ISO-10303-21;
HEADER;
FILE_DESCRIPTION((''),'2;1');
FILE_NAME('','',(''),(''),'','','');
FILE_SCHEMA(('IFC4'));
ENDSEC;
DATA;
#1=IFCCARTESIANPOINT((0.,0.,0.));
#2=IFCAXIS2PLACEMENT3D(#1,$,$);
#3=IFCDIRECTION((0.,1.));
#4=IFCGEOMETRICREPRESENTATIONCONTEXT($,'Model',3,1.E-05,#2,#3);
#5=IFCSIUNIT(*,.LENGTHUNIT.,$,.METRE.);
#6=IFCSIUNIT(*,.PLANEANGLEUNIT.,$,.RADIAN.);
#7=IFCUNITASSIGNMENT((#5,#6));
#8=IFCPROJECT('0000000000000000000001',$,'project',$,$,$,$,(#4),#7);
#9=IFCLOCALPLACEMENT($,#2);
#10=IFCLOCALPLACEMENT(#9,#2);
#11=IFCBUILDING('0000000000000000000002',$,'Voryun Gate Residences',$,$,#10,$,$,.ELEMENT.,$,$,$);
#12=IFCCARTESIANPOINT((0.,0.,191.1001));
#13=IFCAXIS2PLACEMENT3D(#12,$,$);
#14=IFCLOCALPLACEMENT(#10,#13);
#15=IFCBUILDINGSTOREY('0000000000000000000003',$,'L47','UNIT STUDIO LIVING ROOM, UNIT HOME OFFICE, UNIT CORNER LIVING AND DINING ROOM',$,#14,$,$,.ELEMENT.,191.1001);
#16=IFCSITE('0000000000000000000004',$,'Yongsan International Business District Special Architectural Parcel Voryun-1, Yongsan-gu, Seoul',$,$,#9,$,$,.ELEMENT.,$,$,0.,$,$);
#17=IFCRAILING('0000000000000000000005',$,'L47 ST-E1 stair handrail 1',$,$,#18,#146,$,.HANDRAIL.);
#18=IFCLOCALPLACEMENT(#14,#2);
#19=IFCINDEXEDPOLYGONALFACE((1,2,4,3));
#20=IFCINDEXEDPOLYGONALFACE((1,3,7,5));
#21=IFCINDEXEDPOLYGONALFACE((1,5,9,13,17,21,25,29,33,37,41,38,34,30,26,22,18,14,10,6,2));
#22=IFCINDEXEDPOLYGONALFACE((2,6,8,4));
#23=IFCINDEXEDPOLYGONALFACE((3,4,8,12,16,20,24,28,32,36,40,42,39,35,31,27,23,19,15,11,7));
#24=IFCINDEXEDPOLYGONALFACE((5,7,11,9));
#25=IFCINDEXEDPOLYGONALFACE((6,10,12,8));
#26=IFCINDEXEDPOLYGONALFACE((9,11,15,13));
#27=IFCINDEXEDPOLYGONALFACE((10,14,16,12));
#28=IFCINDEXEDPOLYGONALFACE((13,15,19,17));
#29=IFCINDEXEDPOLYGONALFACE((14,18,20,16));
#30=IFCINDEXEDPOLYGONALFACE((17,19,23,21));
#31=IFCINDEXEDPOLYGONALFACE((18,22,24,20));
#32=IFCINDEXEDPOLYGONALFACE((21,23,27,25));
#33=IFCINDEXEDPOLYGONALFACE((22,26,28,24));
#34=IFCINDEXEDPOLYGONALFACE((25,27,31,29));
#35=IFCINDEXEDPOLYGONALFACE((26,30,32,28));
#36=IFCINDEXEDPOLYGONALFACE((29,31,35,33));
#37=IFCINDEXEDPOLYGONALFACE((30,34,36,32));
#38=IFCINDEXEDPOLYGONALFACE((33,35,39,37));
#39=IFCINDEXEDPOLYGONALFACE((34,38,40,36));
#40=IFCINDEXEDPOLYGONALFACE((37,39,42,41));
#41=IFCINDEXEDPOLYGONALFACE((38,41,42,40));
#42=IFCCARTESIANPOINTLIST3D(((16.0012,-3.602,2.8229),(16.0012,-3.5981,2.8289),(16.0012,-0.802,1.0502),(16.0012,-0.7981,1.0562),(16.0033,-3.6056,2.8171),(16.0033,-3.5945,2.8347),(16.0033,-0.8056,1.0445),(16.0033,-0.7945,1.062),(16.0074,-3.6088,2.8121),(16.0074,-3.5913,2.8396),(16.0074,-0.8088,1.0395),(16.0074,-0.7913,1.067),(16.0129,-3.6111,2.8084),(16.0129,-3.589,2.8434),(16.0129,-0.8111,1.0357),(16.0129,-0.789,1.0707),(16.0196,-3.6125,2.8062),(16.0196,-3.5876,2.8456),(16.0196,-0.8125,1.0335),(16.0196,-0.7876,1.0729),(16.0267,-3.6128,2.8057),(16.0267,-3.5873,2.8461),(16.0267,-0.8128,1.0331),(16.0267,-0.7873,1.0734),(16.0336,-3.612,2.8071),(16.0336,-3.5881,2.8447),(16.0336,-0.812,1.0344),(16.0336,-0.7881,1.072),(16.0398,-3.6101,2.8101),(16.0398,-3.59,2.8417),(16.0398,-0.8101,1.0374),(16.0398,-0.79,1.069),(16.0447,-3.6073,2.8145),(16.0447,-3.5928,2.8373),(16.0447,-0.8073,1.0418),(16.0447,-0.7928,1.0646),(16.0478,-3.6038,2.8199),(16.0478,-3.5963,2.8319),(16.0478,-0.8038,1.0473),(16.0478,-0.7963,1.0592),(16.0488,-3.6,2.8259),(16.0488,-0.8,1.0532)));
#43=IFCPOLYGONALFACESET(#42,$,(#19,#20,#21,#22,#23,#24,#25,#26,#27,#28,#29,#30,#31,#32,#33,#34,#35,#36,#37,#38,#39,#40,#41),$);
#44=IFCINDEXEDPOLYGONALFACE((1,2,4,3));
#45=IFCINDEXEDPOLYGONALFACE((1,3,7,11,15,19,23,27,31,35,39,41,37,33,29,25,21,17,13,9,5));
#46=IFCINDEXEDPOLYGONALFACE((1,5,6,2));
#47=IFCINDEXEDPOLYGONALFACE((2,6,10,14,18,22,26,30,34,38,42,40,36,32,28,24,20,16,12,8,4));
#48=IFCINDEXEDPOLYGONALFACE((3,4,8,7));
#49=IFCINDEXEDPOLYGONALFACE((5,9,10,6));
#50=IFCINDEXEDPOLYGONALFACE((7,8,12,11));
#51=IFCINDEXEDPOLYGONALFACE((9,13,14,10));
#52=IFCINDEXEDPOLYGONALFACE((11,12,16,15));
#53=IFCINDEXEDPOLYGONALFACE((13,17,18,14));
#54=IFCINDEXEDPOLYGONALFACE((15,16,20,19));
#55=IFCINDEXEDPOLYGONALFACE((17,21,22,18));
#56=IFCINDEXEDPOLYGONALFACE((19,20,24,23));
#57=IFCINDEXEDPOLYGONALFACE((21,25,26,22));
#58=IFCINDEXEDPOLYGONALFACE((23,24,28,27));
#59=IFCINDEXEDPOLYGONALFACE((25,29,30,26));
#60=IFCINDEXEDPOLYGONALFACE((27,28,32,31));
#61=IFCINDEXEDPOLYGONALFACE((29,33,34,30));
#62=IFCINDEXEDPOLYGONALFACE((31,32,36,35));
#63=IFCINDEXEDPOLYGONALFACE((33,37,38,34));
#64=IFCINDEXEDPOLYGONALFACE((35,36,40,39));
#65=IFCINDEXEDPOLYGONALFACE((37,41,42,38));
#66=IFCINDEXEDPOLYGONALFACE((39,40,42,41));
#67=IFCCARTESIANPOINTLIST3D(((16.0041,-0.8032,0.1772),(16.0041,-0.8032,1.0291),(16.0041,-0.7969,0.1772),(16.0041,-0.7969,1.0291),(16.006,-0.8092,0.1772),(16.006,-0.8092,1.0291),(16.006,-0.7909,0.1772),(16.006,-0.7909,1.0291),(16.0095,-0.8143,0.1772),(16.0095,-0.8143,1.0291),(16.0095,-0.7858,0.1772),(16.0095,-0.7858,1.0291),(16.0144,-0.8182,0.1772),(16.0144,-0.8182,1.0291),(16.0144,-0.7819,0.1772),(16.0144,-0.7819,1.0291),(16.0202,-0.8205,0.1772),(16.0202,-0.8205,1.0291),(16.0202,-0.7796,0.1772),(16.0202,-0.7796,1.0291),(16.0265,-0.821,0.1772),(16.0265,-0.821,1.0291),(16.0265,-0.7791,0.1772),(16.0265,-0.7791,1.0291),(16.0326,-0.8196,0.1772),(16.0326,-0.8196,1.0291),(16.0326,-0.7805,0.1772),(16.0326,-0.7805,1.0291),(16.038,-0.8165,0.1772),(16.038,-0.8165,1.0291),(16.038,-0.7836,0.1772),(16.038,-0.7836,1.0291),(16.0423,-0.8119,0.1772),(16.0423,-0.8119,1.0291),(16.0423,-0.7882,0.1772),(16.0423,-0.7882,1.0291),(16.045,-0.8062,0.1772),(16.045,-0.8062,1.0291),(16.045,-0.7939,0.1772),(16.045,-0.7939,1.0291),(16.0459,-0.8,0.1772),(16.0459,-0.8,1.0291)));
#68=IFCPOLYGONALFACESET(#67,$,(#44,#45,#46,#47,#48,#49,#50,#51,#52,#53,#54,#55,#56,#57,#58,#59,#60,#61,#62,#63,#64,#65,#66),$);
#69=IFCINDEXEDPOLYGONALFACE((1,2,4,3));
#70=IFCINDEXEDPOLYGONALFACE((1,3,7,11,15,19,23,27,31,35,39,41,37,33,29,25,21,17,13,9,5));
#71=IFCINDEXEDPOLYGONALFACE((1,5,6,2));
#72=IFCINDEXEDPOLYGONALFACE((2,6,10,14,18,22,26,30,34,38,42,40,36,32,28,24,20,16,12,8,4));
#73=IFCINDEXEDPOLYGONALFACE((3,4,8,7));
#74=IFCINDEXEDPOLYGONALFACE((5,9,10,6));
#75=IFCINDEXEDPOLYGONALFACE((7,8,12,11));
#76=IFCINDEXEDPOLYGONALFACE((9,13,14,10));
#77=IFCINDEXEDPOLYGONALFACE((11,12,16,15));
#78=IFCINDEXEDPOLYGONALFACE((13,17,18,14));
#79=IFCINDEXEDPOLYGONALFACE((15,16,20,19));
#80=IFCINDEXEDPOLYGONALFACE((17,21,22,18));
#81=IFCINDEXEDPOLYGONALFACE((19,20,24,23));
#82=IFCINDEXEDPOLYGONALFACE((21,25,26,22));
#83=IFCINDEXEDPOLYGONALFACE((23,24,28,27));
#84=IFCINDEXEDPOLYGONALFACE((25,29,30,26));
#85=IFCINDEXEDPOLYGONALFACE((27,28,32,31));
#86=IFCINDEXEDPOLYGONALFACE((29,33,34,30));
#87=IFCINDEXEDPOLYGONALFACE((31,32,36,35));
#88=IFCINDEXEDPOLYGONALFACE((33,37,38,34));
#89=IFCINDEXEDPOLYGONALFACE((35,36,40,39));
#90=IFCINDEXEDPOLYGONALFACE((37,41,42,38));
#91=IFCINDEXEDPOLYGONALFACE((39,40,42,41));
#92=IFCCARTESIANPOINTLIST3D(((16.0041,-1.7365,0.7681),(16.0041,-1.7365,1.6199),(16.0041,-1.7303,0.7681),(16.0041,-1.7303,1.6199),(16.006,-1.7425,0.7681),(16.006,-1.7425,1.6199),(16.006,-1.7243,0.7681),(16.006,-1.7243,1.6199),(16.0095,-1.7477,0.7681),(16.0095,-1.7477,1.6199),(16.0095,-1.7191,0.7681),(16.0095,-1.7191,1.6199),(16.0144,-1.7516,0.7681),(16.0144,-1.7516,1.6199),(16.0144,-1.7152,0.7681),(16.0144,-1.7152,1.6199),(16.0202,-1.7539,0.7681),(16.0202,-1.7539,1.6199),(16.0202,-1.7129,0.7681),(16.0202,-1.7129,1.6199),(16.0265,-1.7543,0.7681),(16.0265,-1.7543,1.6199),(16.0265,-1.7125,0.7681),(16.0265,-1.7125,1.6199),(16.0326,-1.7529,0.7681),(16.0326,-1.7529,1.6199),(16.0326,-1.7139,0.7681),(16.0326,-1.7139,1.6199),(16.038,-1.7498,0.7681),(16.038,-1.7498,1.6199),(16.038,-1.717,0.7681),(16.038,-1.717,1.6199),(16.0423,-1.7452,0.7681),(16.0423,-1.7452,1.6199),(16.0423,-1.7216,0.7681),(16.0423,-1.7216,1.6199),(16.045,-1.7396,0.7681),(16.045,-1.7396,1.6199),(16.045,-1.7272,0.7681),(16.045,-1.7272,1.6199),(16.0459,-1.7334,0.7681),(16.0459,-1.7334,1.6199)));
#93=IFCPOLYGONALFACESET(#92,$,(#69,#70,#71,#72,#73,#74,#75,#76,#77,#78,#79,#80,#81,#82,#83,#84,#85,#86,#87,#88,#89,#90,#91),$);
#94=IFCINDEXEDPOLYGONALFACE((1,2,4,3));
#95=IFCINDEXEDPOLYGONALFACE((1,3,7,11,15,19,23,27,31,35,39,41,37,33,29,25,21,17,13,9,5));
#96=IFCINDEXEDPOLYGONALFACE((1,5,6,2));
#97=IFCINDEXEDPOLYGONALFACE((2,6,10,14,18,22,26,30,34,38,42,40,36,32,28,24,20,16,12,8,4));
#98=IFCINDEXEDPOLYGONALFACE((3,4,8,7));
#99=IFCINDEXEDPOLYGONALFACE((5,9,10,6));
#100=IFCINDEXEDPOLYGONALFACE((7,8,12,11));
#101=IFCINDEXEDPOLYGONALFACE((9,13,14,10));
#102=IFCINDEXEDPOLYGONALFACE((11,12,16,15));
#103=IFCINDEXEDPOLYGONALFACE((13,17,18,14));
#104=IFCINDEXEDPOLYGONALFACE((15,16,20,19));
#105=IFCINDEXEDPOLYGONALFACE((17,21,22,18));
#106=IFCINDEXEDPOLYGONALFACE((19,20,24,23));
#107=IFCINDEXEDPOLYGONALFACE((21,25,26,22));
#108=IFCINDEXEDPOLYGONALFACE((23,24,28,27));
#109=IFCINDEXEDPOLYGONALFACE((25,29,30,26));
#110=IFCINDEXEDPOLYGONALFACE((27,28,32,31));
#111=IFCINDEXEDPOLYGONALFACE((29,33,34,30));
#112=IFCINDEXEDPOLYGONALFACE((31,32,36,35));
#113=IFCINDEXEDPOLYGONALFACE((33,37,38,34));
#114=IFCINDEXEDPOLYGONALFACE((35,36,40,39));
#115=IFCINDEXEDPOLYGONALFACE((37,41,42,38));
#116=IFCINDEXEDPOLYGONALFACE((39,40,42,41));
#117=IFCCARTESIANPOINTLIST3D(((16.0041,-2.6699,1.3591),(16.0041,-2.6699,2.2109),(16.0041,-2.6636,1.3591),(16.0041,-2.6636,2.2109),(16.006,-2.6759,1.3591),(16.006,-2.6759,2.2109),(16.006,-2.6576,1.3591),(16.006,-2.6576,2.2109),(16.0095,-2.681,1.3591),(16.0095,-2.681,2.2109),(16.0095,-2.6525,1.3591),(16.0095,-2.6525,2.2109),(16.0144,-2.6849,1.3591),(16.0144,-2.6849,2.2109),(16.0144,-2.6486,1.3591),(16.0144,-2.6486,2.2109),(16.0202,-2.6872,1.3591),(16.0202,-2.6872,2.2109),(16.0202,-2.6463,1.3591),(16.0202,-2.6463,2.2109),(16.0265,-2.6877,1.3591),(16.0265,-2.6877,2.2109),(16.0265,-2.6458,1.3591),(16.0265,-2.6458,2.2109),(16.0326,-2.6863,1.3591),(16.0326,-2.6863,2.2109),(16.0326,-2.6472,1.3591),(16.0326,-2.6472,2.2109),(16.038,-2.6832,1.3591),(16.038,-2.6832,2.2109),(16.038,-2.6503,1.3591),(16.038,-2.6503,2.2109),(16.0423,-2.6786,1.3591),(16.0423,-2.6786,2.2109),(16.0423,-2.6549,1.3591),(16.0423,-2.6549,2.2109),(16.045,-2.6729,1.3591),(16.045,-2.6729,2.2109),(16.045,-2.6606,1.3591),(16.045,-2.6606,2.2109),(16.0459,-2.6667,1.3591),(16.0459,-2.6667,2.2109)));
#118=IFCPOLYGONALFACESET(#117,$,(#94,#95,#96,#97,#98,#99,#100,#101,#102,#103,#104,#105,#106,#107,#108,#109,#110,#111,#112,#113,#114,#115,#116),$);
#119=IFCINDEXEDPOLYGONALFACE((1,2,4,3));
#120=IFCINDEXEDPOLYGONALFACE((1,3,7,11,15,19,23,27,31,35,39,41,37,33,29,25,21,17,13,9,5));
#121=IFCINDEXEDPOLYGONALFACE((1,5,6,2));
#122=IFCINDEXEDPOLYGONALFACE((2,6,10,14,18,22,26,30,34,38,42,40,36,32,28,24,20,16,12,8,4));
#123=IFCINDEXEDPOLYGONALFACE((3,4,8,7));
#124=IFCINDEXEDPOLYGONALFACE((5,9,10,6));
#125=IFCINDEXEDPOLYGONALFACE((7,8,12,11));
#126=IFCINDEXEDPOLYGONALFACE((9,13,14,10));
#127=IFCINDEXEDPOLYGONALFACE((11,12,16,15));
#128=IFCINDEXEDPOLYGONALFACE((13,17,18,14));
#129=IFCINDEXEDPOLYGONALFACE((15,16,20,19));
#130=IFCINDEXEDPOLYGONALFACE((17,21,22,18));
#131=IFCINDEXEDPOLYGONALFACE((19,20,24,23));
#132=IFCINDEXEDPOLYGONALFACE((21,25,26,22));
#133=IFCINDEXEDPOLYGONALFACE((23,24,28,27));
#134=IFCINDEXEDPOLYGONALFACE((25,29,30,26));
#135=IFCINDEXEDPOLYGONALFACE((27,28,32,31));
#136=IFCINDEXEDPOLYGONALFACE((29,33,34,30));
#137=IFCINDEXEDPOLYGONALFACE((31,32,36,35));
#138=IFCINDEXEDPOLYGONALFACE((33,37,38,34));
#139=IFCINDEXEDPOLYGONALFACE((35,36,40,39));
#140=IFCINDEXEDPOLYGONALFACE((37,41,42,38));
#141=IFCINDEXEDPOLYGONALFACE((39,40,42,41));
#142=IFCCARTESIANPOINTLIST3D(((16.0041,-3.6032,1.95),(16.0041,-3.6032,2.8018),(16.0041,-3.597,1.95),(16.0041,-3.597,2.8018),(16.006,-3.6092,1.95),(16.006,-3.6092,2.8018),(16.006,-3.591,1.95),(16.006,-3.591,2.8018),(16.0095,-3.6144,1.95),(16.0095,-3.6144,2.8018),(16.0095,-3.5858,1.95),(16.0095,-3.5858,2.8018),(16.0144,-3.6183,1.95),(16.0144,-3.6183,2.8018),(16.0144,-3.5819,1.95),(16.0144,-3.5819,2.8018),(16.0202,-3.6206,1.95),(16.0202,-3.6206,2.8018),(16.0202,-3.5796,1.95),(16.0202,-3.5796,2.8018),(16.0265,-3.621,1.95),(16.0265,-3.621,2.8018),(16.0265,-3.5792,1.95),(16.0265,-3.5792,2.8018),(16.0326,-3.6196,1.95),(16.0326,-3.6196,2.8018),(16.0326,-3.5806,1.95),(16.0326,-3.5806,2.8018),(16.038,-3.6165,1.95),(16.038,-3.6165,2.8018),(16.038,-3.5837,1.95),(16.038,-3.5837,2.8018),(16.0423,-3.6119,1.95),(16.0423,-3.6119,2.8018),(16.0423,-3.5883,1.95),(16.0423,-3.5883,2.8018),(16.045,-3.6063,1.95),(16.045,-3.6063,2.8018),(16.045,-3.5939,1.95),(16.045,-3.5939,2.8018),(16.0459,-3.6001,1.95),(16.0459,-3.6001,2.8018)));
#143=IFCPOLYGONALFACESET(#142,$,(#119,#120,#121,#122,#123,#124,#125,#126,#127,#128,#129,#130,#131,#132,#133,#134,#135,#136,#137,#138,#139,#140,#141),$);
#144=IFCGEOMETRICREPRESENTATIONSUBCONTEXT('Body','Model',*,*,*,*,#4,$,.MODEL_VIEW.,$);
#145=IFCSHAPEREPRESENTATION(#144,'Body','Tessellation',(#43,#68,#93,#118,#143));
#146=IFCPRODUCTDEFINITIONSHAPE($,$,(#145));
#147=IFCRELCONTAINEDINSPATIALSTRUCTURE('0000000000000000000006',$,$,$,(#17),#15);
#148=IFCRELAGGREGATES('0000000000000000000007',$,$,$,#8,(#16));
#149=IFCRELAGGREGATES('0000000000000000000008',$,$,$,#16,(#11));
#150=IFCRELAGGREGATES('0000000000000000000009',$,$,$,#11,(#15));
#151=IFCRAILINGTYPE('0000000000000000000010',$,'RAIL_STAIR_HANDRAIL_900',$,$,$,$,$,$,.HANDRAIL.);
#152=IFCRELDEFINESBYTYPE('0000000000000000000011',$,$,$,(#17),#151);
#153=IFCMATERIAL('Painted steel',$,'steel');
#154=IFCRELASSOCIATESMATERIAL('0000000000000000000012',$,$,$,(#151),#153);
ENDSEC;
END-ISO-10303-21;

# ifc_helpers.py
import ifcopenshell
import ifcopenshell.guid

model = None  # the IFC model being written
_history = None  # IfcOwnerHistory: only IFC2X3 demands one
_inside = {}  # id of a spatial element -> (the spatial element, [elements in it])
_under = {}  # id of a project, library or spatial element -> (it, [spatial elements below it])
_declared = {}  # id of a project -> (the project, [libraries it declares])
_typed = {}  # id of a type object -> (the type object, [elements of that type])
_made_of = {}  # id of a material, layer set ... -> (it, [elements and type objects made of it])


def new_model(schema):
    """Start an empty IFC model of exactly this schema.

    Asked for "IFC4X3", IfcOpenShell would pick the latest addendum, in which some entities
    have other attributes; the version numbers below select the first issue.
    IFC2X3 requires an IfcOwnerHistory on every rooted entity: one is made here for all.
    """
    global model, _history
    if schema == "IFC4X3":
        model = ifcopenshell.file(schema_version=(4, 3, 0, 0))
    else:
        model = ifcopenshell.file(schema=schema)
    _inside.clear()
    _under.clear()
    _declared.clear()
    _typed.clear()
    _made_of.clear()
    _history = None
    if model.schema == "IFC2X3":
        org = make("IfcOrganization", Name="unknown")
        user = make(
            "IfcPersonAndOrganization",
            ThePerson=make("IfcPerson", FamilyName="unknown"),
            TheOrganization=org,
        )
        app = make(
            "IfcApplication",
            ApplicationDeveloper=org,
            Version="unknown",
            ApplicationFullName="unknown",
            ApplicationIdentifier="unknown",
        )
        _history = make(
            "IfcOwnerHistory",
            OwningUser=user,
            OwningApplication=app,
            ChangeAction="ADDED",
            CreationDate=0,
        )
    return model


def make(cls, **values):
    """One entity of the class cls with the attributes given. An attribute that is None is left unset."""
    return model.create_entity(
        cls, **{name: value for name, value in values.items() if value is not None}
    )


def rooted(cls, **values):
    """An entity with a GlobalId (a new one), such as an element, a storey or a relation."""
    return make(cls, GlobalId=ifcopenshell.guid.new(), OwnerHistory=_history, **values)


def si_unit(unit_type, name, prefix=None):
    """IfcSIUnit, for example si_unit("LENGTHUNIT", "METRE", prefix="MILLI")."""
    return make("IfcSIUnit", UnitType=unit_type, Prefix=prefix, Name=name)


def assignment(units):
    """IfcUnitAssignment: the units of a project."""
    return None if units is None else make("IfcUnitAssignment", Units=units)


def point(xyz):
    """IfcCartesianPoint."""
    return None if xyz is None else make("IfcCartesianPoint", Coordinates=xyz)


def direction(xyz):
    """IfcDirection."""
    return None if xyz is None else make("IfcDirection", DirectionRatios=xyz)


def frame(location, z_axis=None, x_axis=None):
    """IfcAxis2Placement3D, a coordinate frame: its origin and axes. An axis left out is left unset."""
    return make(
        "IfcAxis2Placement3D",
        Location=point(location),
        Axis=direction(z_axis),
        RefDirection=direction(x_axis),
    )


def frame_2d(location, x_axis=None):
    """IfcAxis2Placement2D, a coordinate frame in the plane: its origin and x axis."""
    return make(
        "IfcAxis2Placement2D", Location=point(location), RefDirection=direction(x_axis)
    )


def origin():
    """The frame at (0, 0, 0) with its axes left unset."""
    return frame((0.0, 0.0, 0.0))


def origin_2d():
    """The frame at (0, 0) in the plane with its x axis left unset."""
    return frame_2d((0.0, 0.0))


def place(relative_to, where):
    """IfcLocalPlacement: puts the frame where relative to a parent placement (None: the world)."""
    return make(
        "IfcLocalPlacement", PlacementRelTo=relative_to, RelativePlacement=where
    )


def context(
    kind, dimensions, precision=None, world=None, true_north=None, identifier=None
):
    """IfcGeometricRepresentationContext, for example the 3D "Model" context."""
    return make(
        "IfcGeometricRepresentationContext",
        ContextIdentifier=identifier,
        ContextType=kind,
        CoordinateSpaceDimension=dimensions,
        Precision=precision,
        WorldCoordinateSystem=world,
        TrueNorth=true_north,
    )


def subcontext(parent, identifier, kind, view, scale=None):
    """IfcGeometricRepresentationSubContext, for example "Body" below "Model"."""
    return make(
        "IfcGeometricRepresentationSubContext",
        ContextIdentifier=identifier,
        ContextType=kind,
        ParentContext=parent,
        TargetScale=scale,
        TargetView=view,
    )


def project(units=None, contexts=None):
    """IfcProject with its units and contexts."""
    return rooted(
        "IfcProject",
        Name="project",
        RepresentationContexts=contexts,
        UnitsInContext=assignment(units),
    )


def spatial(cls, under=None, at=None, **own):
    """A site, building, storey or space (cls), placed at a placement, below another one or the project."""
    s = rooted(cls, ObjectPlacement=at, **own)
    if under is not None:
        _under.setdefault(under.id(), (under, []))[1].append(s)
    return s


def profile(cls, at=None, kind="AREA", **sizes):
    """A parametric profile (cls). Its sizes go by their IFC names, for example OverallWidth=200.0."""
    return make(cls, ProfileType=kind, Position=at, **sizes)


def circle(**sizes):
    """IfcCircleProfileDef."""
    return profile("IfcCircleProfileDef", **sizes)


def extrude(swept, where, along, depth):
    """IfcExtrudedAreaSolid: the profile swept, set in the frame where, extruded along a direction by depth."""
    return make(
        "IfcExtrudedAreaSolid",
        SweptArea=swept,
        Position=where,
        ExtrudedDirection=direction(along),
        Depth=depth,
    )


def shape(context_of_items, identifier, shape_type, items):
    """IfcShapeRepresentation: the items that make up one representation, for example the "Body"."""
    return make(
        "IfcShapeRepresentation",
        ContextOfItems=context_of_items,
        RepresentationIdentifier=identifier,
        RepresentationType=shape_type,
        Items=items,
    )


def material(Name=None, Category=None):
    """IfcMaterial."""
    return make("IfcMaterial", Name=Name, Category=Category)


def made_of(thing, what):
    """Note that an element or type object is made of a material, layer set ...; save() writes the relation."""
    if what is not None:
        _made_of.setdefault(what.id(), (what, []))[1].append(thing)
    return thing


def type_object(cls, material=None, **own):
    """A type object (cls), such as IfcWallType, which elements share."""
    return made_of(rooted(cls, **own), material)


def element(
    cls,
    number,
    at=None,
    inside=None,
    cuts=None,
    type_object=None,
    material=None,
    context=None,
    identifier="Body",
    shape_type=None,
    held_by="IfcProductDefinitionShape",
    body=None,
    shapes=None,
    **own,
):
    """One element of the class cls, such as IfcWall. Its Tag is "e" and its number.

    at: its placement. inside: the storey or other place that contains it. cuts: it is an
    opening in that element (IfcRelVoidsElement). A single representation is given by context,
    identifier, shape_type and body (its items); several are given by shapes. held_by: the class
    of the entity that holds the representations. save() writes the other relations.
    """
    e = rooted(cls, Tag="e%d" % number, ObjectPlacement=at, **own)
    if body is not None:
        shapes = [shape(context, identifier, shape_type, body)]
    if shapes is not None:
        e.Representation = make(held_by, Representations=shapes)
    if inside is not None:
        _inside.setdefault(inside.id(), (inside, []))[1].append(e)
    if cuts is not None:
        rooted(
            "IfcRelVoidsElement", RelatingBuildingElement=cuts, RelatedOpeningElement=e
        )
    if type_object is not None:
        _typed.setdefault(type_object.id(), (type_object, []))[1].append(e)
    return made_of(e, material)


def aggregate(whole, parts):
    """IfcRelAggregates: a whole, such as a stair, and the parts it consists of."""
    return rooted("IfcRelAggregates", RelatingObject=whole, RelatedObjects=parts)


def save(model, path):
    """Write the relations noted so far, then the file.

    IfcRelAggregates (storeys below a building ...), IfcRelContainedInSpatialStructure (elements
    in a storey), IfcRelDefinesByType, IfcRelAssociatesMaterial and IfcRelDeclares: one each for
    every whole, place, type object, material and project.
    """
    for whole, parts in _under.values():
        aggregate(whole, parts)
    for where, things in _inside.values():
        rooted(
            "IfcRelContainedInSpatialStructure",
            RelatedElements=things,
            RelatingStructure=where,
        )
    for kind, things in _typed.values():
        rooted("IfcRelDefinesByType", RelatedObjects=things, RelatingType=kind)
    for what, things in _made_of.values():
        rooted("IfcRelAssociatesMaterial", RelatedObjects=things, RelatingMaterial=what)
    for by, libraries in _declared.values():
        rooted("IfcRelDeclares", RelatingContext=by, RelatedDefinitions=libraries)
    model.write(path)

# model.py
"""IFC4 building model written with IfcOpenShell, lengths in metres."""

from ifc_helpers import new_model, si_unit, direction, frame, origin, origin_2d, place, context, subcontext, project, spatial, circle, extrude, material, type_object, element, save


model = new_model("IFC4")

# Units and contexts
model_context = context("Model", 3, precision=1e-05, world=origin(), true_north=direction((0.0, 1.0)))
body_context = subcontext(model_context, "Body", "Model", "MODEL_VIEW")
ifc_project = project(units=[si_unit("LENGTHUNIT", "METRE"), si_unit("PLANEANGLEUNIT", "RADIAN")], contexts=[model_context])

# Site, building, storey
site_placement = place(None, origin())
site = spatial("IfcSite", under=ifc_project, at=site_placement, Name="Yongsan International Business District Special Architectural Parcel Voryun-1, Yongsan-gu, Seoul", CompositionType="ELEMENT", RefElevation=0.0)
building_placement = place(site_placement, origin())
building = spatial("IfcBuilding", under=site, at=building_placement, Name="Voryun Gate Residences", CompositionType="ELEMENT")
storey_placement = place(building_placement, frame((0.0, 0.0, 191.1001)))
storey = spatial("IfcBuildingStorey", under=building, at=storey_placement, Name="L47", Description="UNIT STUDIO LIVING ROOM, UNIT HOME OFFICE, UNIT CORNER LIVING AND DINING ROOM", CompositionType="ELEMENT", Elevation=191.1001)

# Railing
ifc_material_1 = material(Name="Painted steel", Category="steel")
railing_type_1 = type_object("IfcRailingType", Name="RAIL_STAIR_HANDRAIL_900", PredefinedType="HANDRAIL", material=ifc_material_1)
railing_1_placement = place(storey_placement, frame((16.0249, -0.8, 0.1772)))
element("IfcRailing", 1, at=railing_1_placement, inside=storey, type_object=railing_type_1, Name="L47 ST-E1 stair handrail 1", PredefinedType="HANDRAIL", context=body_context, shape_type="SweptSolid", body=[
    extrude(circle(Radius=0.0239, at=origin_2d()), frame((0.0, 0.0, 0.876), z_axis=(0.0, -0.844909, 0.53491), x_axis=(1.0, 0.0, 0.0)), (0.0, 0.0, 1.0), 3.314),
    extrude(circle(Radius=0.021, at=origin_2d()), origin(), (0.0, 0.0, 1.0), 0.8518),
    extrude(circle(Radius=0.021, at=origin_2d()), frame((0.0, -0.9333, 0.5908)), (0.0, 0.0, 1.0), 0.8518),
    extrude(circle(Radius=0.021, at=origin_2d()), frame((0.0, -1.8667, 1.1819)), (0.0, 0.0, 1.0), 0.8518),
    extrude(circle(Radius=0.021, at=origin_2d()), frame((0.0, -2.8, 1.7727)), (0.0, 0.0, 1.0), 0.8518),
])

save(model, "model.ifc")
